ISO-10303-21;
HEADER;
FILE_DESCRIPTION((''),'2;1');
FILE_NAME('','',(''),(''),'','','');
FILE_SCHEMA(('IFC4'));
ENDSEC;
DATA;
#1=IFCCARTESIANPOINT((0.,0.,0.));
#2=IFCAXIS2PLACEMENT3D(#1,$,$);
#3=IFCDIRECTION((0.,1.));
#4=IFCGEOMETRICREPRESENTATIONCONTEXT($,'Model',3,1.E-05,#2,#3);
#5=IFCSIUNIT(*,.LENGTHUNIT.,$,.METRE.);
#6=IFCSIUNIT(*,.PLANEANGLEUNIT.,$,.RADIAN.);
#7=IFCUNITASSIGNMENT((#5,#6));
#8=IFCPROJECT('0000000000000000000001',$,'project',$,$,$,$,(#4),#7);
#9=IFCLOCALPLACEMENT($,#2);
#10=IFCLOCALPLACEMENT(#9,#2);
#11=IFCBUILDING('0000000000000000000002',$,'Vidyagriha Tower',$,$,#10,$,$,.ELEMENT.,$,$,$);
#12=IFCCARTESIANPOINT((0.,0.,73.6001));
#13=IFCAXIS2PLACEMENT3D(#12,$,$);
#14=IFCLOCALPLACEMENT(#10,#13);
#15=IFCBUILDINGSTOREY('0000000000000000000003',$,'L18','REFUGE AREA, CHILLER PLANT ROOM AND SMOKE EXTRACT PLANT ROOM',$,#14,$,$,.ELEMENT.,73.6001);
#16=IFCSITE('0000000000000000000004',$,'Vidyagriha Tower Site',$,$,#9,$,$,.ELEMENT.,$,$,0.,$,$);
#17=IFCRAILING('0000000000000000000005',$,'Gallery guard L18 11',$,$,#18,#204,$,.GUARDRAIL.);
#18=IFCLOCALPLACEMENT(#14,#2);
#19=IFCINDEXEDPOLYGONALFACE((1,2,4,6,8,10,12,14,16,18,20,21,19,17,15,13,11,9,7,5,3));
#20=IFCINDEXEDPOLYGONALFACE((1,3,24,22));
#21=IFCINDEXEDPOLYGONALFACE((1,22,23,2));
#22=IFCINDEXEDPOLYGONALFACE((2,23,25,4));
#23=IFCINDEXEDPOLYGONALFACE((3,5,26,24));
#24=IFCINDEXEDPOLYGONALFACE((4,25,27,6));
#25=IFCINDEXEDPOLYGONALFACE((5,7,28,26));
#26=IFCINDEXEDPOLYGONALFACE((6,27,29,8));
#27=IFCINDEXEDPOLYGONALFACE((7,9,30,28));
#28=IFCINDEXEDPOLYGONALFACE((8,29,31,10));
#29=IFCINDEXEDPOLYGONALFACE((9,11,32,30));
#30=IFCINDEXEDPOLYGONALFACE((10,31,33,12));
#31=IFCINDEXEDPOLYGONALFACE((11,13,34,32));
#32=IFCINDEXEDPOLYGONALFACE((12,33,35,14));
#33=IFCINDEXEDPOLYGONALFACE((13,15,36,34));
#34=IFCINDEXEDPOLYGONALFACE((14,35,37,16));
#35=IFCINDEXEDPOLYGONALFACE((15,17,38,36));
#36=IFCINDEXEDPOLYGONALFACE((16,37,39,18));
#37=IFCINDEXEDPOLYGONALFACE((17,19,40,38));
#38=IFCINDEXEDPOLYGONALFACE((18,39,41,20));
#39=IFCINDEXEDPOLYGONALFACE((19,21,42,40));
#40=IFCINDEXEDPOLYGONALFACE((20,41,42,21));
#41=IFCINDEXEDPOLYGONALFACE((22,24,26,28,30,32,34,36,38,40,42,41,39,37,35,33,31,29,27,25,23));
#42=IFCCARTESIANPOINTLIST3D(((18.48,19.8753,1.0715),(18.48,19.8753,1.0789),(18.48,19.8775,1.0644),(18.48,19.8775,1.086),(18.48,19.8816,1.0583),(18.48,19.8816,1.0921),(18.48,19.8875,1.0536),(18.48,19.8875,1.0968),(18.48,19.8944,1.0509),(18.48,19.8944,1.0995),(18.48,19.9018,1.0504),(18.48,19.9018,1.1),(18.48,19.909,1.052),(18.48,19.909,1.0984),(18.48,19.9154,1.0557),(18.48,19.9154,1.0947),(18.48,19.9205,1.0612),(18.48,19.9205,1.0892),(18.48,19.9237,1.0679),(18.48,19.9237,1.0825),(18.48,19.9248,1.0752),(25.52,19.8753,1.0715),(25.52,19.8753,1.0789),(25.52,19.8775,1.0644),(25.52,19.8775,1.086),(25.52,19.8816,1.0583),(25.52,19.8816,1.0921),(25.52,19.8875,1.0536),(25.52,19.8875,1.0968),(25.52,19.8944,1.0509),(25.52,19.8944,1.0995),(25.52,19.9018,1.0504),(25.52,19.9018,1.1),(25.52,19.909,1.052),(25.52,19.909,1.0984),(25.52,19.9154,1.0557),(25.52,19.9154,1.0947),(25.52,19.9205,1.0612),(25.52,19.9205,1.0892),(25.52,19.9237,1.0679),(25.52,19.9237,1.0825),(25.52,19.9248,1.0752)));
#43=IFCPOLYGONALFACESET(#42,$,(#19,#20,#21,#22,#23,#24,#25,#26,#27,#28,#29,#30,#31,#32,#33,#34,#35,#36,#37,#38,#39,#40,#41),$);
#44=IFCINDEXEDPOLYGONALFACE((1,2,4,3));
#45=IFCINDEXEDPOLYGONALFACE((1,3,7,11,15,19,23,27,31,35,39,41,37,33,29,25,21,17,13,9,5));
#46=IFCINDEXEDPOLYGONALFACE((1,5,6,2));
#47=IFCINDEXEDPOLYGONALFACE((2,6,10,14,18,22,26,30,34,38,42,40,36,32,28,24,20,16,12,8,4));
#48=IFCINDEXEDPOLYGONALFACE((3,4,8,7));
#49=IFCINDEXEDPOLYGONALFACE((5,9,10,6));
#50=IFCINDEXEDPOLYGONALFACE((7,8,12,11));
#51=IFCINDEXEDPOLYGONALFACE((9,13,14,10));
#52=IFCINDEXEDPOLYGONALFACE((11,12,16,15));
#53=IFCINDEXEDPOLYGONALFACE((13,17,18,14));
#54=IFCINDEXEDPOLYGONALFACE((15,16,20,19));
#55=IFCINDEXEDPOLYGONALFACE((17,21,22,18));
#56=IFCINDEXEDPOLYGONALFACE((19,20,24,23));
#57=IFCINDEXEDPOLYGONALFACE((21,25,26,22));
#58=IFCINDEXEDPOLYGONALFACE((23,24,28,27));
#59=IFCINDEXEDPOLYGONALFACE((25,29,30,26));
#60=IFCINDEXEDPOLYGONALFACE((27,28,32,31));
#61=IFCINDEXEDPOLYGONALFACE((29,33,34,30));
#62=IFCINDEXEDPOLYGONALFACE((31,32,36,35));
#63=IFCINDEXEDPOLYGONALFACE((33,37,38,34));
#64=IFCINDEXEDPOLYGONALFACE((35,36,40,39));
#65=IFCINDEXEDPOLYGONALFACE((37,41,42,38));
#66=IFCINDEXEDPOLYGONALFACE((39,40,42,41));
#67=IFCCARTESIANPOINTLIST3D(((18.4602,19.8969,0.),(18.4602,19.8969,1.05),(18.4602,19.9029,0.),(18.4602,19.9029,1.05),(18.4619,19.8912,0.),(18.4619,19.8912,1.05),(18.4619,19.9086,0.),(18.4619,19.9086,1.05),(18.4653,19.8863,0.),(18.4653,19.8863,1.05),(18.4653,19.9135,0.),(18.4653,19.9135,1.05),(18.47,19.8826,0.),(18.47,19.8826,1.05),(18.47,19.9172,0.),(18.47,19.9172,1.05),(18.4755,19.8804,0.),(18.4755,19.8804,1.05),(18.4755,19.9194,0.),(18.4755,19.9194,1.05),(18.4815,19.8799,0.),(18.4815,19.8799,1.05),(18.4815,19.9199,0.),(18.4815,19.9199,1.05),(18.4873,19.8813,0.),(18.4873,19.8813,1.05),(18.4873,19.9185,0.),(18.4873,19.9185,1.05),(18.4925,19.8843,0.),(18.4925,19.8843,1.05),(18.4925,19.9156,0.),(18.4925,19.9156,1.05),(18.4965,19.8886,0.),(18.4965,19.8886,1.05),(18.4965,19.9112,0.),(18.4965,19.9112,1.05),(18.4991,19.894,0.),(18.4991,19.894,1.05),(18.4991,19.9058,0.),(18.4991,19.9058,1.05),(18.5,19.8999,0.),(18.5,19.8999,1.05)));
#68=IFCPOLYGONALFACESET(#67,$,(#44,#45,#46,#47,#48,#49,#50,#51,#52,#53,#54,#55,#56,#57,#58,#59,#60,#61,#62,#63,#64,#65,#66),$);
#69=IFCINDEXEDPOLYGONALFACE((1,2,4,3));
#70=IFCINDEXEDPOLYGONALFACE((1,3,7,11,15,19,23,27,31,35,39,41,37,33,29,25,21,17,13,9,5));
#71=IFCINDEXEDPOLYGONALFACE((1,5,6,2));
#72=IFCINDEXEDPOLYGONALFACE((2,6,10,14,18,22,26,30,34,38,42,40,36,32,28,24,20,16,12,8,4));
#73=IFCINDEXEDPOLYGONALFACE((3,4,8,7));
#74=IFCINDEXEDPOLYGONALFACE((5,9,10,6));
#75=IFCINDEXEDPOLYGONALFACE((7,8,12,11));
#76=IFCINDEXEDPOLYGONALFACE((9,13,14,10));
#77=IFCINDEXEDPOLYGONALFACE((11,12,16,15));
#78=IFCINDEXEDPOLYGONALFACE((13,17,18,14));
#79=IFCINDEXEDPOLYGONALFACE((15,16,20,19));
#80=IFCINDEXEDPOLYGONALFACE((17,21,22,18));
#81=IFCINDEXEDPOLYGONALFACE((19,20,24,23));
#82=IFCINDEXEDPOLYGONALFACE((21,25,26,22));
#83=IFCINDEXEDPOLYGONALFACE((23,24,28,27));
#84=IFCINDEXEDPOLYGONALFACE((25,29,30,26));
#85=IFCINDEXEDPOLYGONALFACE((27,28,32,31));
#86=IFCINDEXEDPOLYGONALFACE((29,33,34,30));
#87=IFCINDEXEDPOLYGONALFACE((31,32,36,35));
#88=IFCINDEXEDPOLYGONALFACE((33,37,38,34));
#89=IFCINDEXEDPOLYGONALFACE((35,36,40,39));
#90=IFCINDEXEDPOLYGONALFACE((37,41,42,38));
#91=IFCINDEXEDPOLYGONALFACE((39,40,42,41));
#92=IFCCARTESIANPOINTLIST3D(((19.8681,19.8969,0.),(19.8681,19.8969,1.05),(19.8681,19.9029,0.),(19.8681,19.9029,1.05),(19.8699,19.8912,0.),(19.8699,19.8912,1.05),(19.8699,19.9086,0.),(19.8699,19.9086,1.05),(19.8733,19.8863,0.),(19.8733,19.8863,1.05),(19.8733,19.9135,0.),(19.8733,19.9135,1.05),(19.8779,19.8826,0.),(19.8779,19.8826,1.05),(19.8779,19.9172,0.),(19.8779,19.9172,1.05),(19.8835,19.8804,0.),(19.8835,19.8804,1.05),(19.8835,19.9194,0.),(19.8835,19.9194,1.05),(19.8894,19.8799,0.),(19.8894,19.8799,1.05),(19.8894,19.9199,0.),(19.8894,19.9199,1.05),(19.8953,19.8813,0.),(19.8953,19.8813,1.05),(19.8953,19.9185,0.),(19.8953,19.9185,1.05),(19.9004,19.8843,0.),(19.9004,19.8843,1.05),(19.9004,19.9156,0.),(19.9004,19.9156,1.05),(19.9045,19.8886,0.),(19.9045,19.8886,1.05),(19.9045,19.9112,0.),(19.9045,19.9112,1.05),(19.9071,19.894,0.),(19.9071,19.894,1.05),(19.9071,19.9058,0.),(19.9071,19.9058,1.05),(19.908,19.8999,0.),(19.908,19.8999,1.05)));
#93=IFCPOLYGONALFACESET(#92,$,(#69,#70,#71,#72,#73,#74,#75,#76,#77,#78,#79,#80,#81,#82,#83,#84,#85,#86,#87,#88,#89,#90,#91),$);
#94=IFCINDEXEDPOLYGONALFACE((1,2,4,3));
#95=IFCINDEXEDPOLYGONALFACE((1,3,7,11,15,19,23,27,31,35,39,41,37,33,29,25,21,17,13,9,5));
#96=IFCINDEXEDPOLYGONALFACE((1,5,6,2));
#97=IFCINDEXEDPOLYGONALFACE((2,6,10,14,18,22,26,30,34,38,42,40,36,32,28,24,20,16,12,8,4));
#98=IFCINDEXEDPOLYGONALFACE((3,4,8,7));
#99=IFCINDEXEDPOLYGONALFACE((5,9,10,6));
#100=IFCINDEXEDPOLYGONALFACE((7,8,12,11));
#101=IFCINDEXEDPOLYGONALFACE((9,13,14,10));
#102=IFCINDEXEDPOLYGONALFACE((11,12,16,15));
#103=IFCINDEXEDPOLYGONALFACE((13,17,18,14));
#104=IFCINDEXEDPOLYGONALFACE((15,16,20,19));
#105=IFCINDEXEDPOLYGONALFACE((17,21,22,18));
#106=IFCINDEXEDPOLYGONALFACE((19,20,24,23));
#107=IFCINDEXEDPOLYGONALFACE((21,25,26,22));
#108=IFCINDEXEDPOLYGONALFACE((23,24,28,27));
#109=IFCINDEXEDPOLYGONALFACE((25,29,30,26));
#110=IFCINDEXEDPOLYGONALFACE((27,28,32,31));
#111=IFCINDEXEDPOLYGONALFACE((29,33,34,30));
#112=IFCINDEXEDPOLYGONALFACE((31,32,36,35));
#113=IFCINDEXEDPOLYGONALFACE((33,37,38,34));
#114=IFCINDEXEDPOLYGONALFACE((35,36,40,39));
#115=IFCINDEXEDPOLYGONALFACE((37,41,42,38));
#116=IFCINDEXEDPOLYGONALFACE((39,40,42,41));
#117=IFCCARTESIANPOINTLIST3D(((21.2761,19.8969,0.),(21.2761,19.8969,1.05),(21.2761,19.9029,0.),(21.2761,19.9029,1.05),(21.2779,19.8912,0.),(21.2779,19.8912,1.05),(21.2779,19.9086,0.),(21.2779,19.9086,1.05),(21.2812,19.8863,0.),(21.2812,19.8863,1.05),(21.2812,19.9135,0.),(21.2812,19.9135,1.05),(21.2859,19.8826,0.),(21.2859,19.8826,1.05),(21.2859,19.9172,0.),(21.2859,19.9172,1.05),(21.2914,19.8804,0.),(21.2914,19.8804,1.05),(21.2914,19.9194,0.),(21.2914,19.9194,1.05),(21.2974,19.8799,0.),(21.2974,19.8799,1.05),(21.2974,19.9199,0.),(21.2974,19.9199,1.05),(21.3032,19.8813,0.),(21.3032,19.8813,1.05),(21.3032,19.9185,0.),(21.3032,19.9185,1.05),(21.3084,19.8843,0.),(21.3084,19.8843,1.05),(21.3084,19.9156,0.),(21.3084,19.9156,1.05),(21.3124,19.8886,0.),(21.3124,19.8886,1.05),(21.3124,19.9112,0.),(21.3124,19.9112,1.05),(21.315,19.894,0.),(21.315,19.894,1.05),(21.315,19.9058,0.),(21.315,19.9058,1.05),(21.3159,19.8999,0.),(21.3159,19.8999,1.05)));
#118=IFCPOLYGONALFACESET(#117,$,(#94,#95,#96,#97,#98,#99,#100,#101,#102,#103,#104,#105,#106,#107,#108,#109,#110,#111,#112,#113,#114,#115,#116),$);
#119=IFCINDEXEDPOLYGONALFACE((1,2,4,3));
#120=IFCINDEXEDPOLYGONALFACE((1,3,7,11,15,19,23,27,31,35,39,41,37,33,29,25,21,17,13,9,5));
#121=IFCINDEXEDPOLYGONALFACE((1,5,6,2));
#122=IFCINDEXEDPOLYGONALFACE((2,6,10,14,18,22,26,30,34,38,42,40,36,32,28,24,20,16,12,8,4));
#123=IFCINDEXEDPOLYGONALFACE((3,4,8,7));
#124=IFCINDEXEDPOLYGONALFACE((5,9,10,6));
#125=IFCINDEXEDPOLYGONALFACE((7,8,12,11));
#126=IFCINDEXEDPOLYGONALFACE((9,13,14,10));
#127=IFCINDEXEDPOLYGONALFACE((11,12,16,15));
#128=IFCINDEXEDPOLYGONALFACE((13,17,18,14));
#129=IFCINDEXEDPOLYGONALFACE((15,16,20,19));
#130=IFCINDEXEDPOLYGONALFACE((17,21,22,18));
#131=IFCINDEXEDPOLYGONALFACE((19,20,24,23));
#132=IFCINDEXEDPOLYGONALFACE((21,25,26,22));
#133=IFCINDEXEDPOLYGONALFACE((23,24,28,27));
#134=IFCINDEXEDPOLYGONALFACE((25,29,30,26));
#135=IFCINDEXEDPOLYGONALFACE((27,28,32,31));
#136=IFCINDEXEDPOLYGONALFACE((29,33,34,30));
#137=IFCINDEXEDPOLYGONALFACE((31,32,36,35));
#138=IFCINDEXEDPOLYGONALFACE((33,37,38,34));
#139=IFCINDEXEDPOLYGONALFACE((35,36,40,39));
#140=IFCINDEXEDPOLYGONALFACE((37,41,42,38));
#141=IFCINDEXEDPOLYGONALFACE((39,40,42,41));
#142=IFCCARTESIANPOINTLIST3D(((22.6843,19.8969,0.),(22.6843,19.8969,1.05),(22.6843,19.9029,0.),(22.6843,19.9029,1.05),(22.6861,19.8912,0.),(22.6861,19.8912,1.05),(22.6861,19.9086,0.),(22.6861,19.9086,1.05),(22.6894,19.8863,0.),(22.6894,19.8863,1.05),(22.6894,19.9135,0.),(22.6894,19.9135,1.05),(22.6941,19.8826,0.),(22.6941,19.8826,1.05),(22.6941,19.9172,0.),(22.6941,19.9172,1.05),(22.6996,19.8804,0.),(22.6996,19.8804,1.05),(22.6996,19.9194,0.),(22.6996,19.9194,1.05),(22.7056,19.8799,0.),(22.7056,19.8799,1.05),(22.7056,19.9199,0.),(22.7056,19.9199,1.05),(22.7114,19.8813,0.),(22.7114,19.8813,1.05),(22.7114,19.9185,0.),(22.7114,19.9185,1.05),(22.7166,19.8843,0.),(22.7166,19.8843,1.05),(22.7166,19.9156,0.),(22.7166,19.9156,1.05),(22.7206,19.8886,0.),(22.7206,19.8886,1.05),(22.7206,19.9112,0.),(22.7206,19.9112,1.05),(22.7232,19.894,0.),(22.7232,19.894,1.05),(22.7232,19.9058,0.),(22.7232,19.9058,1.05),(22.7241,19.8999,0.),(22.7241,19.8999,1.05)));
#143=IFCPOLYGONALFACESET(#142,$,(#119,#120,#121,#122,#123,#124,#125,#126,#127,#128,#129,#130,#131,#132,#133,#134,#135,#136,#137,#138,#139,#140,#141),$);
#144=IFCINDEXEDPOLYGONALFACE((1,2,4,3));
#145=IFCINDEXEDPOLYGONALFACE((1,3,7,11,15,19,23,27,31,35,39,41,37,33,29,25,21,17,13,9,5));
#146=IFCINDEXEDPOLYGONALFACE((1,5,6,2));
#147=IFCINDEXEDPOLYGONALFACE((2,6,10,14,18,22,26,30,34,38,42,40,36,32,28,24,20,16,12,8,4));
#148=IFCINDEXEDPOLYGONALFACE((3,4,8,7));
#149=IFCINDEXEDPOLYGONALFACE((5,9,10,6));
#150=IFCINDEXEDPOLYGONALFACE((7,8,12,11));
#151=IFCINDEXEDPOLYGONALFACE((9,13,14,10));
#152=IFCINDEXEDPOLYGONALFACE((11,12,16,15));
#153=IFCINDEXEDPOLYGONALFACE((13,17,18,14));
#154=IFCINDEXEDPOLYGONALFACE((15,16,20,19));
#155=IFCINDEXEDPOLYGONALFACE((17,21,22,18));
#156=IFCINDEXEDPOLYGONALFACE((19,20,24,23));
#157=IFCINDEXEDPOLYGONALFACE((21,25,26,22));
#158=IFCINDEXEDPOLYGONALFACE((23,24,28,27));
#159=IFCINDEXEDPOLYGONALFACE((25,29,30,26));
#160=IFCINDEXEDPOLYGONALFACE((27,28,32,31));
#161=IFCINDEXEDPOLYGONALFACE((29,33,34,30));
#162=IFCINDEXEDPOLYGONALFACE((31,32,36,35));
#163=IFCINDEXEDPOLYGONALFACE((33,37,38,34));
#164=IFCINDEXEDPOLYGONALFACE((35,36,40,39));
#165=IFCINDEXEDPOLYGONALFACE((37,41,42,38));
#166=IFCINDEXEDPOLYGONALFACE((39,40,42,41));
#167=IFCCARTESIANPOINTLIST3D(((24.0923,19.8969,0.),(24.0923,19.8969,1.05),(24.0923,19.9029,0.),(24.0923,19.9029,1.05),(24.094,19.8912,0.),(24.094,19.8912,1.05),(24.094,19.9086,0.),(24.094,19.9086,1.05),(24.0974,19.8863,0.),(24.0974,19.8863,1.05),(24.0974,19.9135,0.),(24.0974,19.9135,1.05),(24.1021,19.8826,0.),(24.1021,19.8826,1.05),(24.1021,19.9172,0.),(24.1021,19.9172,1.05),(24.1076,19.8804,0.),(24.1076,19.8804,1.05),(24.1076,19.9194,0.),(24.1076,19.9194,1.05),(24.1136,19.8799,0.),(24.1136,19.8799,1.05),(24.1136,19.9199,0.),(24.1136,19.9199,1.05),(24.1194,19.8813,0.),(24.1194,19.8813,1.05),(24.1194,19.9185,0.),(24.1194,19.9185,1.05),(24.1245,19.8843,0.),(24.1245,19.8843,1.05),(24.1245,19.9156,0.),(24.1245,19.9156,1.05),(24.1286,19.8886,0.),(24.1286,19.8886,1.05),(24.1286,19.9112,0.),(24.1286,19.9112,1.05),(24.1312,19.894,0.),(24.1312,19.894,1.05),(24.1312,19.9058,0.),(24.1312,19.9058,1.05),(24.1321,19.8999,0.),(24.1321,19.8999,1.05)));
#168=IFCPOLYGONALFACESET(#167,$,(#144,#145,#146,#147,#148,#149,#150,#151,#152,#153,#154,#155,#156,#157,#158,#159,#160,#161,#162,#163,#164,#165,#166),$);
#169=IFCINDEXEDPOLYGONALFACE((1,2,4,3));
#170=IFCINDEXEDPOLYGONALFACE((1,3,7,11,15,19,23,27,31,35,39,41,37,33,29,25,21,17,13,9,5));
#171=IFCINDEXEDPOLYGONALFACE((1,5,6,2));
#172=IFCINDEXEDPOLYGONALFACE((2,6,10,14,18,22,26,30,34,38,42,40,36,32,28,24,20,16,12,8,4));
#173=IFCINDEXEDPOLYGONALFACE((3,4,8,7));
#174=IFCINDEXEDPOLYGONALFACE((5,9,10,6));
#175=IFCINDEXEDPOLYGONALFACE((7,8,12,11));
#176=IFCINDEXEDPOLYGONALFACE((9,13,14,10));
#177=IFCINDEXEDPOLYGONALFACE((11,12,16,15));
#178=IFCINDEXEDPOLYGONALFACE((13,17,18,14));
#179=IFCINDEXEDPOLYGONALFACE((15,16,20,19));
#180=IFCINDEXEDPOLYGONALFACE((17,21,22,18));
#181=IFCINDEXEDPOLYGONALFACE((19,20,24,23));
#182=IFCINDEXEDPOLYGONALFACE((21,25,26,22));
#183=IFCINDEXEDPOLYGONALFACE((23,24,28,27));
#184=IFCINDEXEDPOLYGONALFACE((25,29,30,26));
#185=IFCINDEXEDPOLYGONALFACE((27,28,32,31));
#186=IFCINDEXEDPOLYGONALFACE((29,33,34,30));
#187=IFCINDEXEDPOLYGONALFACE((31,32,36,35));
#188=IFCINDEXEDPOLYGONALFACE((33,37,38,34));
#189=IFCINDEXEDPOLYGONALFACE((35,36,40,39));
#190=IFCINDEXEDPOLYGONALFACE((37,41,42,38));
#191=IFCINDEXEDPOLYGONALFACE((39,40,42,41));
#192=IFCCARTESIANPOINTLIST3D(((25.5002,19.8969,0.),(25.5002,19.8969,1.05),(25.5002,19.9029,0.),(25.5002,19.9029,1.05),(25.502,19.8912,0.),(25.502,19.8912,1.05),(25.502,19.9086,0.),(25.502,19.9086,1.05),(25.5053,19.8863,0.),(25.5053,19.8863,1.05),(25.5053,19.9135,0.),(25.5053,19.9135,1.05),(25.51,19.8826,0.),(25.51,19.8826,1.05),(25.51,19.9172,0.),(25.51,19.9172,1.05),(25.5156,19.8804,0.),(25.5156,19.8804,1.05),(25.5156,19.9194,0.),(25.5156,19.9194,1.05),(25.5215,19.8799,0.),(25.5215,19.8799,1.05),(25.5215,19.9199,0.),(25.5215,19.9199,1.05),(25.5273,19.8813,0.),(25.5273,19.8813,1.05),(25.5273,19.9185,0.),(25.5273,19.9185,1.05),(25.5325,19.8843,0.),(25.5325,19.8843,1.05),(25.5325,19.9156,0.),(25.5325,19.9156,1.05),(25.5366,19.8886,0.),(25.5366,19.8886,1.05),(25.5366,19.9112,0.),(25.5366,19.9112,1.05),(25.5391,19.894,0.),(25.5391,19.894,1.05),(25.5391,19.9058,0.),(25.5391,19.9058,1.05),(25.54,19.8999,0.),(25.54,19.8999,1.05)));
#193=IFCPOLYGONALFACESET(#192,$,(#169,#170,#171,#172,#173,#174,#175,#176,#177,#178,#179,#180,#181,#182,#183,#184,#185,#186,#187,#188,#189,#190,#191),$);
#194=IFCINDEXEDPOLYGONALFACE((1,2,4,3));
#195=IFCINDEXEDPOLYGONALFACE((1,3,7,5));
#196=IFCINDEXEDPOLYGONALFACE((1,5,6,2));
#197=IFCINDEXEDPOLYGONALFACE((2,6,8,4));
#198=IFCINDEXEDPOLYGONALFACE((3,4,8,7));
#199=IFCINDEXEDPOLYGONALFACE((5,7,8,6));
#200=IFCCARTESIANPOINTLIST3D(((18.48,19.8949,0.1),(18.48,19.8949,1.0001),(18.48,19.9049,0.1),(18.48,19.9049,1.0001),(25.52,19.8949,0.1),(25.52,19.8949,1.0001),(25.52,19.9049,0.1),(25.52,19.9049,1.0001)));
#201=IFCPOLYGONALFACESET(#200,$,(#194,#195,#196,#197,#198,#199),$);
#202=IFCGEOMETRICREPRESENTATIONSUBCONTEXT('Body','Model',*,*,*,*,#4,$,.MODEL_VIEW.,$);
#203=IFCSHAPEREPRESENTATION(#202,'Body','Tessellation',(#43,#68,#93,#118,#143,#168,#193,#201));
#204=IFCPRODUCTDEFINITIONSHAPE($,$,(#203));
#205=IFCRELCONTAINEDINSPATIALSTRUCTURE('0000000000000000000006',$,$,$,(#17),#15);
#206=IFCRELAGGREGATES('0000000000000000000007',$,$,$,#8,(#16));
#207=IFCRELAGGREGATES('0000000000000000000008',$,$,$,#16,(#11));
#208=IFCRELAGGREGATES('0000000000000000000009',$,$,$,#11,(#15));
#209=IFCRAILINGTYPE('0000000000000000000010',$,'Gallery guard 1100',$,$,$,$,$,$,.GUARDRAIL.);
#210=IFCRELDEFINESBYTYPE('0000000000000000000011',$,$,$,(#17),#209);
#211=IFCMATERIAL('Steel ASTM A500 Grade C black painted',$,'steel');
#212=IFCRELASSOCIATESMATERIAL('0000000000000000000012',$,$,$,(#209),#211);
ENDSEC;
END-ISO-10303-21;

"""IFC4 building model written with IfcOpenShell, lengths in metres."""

from ifc_helpers import new_model, si_unit, direction, frame, origin, origin_2d, place, context, subcontext, project, spatial, rectangle, circle, extrude, material, type_object, element, save


model = new_model("IFC4")

# Units and contexts
model_context = context("Model", 3, precision=1e-05, world=origin(), true_north=direction((0.0, 1.0)))
body_context = subcontext(model_context, "Body", "Model", "MODEL_VIEW")
ifc_project = project(units=[si_unit("LENGTHUNIT", "METRE"), si_unit("PLANEANGLEUNIT", "RADIAN")], contexts=[model_context])

# Site, building, storey
site_placement = place(None, origin())
site = spatial("IfcSite", under=ifc_project, at=site_placement, Name="Vidyagriha Tower Site", CompositionType="ELEMENT", RefElevation=0.0)
building_placement = place(site_placement, origin())
building = spatial("IfcBuilding", under=site, at=building_placement, Name="Vidyagriha Tower", CompositionType="ELEMENT")
storey_placement = place(building_placement, frame((0.0, 0.0, 73.6001)))
storey = spatial("IfcBuildingStorey", under=building, at=storey_placement, Name="L18", Description="REFUGE AREA, CHILLER PLANT ROOM AND SMOKE EXTRACT PLANT ROOM", CompositionType="ELEMENT", Elevation=73.6001)

# Railing
ifc_material_1 = material(Name="Steel ASTM A500 Grade C black painted", Category="steel")
railing_type = type_object("IfcRailingType", Name="Gallery guard 1100", PredefinedType="GUARDRAIL", material=ifc_material_1)
for number, where, name in (
    (1, (18.48, 19.8999, 0.0), "Gallery guard L18 11"),
):
    element("IfcRailing", number, at=place(storey_placement, frame(where)), inside=storey, type_object=railing_type, Name=name, PredefinedType="GUARDRAIL", context=body_context, shape_type="SweptSolid", body=[
        extrude(circle(Radius=0.0249, at=origin_2d()), frame((0.0, 0.0, 1.0752), z_axis=(1.0, 0.0, 0.0), x_axis=(0.0, 1.0, 0.0)), (0.0, 0.0, 1.0), 7.04),
        extrude(circle(Radius=0.02, at=origin_2d()), origin(), (0.0, 0.0, 1.0), 1.05),
        extrude(circle(Radius=0.02, at=origin_2d()), frame((1.408, 0.0, 0.0)), (0.0, 0.0, 1.0), 1.05),
        extrude(circle(Radius=0.02, at=origin_2d()), frame((2.8159, 0.0, 0.0)), (0.0, 0.0, 1.0), 1.05),
        extrude(circle(Radius=0.02, at=origin_2d()), frame((4.2241, 0.0, 0.0)), (0.0, 0.0, 1.0), 1.05),
        extrude(circle(Radius=0.02, at=origin_2d()), frame((5.6321, 0.0, 0.0)), (0.0, 0.0, 1.0), 1.05),
        extrude(circle(Radius=0.02, at=origin_2d()), frame((7.04, 0.0, 0.0)), (0.0, 0.0, 1.0), 1.05),
        extrude(rectangle(XDim=0.01, YDim=0.9001, at=origin_2d()), frame((0.0, 0.0, 0.55), z_axis=(1.0, 0.0, 0.0), x_axis=(0.0, 1.0, 0.0)), (0.0, 0.0, 1.0), 7.04),
    ])

save(model, "model.ifc")
